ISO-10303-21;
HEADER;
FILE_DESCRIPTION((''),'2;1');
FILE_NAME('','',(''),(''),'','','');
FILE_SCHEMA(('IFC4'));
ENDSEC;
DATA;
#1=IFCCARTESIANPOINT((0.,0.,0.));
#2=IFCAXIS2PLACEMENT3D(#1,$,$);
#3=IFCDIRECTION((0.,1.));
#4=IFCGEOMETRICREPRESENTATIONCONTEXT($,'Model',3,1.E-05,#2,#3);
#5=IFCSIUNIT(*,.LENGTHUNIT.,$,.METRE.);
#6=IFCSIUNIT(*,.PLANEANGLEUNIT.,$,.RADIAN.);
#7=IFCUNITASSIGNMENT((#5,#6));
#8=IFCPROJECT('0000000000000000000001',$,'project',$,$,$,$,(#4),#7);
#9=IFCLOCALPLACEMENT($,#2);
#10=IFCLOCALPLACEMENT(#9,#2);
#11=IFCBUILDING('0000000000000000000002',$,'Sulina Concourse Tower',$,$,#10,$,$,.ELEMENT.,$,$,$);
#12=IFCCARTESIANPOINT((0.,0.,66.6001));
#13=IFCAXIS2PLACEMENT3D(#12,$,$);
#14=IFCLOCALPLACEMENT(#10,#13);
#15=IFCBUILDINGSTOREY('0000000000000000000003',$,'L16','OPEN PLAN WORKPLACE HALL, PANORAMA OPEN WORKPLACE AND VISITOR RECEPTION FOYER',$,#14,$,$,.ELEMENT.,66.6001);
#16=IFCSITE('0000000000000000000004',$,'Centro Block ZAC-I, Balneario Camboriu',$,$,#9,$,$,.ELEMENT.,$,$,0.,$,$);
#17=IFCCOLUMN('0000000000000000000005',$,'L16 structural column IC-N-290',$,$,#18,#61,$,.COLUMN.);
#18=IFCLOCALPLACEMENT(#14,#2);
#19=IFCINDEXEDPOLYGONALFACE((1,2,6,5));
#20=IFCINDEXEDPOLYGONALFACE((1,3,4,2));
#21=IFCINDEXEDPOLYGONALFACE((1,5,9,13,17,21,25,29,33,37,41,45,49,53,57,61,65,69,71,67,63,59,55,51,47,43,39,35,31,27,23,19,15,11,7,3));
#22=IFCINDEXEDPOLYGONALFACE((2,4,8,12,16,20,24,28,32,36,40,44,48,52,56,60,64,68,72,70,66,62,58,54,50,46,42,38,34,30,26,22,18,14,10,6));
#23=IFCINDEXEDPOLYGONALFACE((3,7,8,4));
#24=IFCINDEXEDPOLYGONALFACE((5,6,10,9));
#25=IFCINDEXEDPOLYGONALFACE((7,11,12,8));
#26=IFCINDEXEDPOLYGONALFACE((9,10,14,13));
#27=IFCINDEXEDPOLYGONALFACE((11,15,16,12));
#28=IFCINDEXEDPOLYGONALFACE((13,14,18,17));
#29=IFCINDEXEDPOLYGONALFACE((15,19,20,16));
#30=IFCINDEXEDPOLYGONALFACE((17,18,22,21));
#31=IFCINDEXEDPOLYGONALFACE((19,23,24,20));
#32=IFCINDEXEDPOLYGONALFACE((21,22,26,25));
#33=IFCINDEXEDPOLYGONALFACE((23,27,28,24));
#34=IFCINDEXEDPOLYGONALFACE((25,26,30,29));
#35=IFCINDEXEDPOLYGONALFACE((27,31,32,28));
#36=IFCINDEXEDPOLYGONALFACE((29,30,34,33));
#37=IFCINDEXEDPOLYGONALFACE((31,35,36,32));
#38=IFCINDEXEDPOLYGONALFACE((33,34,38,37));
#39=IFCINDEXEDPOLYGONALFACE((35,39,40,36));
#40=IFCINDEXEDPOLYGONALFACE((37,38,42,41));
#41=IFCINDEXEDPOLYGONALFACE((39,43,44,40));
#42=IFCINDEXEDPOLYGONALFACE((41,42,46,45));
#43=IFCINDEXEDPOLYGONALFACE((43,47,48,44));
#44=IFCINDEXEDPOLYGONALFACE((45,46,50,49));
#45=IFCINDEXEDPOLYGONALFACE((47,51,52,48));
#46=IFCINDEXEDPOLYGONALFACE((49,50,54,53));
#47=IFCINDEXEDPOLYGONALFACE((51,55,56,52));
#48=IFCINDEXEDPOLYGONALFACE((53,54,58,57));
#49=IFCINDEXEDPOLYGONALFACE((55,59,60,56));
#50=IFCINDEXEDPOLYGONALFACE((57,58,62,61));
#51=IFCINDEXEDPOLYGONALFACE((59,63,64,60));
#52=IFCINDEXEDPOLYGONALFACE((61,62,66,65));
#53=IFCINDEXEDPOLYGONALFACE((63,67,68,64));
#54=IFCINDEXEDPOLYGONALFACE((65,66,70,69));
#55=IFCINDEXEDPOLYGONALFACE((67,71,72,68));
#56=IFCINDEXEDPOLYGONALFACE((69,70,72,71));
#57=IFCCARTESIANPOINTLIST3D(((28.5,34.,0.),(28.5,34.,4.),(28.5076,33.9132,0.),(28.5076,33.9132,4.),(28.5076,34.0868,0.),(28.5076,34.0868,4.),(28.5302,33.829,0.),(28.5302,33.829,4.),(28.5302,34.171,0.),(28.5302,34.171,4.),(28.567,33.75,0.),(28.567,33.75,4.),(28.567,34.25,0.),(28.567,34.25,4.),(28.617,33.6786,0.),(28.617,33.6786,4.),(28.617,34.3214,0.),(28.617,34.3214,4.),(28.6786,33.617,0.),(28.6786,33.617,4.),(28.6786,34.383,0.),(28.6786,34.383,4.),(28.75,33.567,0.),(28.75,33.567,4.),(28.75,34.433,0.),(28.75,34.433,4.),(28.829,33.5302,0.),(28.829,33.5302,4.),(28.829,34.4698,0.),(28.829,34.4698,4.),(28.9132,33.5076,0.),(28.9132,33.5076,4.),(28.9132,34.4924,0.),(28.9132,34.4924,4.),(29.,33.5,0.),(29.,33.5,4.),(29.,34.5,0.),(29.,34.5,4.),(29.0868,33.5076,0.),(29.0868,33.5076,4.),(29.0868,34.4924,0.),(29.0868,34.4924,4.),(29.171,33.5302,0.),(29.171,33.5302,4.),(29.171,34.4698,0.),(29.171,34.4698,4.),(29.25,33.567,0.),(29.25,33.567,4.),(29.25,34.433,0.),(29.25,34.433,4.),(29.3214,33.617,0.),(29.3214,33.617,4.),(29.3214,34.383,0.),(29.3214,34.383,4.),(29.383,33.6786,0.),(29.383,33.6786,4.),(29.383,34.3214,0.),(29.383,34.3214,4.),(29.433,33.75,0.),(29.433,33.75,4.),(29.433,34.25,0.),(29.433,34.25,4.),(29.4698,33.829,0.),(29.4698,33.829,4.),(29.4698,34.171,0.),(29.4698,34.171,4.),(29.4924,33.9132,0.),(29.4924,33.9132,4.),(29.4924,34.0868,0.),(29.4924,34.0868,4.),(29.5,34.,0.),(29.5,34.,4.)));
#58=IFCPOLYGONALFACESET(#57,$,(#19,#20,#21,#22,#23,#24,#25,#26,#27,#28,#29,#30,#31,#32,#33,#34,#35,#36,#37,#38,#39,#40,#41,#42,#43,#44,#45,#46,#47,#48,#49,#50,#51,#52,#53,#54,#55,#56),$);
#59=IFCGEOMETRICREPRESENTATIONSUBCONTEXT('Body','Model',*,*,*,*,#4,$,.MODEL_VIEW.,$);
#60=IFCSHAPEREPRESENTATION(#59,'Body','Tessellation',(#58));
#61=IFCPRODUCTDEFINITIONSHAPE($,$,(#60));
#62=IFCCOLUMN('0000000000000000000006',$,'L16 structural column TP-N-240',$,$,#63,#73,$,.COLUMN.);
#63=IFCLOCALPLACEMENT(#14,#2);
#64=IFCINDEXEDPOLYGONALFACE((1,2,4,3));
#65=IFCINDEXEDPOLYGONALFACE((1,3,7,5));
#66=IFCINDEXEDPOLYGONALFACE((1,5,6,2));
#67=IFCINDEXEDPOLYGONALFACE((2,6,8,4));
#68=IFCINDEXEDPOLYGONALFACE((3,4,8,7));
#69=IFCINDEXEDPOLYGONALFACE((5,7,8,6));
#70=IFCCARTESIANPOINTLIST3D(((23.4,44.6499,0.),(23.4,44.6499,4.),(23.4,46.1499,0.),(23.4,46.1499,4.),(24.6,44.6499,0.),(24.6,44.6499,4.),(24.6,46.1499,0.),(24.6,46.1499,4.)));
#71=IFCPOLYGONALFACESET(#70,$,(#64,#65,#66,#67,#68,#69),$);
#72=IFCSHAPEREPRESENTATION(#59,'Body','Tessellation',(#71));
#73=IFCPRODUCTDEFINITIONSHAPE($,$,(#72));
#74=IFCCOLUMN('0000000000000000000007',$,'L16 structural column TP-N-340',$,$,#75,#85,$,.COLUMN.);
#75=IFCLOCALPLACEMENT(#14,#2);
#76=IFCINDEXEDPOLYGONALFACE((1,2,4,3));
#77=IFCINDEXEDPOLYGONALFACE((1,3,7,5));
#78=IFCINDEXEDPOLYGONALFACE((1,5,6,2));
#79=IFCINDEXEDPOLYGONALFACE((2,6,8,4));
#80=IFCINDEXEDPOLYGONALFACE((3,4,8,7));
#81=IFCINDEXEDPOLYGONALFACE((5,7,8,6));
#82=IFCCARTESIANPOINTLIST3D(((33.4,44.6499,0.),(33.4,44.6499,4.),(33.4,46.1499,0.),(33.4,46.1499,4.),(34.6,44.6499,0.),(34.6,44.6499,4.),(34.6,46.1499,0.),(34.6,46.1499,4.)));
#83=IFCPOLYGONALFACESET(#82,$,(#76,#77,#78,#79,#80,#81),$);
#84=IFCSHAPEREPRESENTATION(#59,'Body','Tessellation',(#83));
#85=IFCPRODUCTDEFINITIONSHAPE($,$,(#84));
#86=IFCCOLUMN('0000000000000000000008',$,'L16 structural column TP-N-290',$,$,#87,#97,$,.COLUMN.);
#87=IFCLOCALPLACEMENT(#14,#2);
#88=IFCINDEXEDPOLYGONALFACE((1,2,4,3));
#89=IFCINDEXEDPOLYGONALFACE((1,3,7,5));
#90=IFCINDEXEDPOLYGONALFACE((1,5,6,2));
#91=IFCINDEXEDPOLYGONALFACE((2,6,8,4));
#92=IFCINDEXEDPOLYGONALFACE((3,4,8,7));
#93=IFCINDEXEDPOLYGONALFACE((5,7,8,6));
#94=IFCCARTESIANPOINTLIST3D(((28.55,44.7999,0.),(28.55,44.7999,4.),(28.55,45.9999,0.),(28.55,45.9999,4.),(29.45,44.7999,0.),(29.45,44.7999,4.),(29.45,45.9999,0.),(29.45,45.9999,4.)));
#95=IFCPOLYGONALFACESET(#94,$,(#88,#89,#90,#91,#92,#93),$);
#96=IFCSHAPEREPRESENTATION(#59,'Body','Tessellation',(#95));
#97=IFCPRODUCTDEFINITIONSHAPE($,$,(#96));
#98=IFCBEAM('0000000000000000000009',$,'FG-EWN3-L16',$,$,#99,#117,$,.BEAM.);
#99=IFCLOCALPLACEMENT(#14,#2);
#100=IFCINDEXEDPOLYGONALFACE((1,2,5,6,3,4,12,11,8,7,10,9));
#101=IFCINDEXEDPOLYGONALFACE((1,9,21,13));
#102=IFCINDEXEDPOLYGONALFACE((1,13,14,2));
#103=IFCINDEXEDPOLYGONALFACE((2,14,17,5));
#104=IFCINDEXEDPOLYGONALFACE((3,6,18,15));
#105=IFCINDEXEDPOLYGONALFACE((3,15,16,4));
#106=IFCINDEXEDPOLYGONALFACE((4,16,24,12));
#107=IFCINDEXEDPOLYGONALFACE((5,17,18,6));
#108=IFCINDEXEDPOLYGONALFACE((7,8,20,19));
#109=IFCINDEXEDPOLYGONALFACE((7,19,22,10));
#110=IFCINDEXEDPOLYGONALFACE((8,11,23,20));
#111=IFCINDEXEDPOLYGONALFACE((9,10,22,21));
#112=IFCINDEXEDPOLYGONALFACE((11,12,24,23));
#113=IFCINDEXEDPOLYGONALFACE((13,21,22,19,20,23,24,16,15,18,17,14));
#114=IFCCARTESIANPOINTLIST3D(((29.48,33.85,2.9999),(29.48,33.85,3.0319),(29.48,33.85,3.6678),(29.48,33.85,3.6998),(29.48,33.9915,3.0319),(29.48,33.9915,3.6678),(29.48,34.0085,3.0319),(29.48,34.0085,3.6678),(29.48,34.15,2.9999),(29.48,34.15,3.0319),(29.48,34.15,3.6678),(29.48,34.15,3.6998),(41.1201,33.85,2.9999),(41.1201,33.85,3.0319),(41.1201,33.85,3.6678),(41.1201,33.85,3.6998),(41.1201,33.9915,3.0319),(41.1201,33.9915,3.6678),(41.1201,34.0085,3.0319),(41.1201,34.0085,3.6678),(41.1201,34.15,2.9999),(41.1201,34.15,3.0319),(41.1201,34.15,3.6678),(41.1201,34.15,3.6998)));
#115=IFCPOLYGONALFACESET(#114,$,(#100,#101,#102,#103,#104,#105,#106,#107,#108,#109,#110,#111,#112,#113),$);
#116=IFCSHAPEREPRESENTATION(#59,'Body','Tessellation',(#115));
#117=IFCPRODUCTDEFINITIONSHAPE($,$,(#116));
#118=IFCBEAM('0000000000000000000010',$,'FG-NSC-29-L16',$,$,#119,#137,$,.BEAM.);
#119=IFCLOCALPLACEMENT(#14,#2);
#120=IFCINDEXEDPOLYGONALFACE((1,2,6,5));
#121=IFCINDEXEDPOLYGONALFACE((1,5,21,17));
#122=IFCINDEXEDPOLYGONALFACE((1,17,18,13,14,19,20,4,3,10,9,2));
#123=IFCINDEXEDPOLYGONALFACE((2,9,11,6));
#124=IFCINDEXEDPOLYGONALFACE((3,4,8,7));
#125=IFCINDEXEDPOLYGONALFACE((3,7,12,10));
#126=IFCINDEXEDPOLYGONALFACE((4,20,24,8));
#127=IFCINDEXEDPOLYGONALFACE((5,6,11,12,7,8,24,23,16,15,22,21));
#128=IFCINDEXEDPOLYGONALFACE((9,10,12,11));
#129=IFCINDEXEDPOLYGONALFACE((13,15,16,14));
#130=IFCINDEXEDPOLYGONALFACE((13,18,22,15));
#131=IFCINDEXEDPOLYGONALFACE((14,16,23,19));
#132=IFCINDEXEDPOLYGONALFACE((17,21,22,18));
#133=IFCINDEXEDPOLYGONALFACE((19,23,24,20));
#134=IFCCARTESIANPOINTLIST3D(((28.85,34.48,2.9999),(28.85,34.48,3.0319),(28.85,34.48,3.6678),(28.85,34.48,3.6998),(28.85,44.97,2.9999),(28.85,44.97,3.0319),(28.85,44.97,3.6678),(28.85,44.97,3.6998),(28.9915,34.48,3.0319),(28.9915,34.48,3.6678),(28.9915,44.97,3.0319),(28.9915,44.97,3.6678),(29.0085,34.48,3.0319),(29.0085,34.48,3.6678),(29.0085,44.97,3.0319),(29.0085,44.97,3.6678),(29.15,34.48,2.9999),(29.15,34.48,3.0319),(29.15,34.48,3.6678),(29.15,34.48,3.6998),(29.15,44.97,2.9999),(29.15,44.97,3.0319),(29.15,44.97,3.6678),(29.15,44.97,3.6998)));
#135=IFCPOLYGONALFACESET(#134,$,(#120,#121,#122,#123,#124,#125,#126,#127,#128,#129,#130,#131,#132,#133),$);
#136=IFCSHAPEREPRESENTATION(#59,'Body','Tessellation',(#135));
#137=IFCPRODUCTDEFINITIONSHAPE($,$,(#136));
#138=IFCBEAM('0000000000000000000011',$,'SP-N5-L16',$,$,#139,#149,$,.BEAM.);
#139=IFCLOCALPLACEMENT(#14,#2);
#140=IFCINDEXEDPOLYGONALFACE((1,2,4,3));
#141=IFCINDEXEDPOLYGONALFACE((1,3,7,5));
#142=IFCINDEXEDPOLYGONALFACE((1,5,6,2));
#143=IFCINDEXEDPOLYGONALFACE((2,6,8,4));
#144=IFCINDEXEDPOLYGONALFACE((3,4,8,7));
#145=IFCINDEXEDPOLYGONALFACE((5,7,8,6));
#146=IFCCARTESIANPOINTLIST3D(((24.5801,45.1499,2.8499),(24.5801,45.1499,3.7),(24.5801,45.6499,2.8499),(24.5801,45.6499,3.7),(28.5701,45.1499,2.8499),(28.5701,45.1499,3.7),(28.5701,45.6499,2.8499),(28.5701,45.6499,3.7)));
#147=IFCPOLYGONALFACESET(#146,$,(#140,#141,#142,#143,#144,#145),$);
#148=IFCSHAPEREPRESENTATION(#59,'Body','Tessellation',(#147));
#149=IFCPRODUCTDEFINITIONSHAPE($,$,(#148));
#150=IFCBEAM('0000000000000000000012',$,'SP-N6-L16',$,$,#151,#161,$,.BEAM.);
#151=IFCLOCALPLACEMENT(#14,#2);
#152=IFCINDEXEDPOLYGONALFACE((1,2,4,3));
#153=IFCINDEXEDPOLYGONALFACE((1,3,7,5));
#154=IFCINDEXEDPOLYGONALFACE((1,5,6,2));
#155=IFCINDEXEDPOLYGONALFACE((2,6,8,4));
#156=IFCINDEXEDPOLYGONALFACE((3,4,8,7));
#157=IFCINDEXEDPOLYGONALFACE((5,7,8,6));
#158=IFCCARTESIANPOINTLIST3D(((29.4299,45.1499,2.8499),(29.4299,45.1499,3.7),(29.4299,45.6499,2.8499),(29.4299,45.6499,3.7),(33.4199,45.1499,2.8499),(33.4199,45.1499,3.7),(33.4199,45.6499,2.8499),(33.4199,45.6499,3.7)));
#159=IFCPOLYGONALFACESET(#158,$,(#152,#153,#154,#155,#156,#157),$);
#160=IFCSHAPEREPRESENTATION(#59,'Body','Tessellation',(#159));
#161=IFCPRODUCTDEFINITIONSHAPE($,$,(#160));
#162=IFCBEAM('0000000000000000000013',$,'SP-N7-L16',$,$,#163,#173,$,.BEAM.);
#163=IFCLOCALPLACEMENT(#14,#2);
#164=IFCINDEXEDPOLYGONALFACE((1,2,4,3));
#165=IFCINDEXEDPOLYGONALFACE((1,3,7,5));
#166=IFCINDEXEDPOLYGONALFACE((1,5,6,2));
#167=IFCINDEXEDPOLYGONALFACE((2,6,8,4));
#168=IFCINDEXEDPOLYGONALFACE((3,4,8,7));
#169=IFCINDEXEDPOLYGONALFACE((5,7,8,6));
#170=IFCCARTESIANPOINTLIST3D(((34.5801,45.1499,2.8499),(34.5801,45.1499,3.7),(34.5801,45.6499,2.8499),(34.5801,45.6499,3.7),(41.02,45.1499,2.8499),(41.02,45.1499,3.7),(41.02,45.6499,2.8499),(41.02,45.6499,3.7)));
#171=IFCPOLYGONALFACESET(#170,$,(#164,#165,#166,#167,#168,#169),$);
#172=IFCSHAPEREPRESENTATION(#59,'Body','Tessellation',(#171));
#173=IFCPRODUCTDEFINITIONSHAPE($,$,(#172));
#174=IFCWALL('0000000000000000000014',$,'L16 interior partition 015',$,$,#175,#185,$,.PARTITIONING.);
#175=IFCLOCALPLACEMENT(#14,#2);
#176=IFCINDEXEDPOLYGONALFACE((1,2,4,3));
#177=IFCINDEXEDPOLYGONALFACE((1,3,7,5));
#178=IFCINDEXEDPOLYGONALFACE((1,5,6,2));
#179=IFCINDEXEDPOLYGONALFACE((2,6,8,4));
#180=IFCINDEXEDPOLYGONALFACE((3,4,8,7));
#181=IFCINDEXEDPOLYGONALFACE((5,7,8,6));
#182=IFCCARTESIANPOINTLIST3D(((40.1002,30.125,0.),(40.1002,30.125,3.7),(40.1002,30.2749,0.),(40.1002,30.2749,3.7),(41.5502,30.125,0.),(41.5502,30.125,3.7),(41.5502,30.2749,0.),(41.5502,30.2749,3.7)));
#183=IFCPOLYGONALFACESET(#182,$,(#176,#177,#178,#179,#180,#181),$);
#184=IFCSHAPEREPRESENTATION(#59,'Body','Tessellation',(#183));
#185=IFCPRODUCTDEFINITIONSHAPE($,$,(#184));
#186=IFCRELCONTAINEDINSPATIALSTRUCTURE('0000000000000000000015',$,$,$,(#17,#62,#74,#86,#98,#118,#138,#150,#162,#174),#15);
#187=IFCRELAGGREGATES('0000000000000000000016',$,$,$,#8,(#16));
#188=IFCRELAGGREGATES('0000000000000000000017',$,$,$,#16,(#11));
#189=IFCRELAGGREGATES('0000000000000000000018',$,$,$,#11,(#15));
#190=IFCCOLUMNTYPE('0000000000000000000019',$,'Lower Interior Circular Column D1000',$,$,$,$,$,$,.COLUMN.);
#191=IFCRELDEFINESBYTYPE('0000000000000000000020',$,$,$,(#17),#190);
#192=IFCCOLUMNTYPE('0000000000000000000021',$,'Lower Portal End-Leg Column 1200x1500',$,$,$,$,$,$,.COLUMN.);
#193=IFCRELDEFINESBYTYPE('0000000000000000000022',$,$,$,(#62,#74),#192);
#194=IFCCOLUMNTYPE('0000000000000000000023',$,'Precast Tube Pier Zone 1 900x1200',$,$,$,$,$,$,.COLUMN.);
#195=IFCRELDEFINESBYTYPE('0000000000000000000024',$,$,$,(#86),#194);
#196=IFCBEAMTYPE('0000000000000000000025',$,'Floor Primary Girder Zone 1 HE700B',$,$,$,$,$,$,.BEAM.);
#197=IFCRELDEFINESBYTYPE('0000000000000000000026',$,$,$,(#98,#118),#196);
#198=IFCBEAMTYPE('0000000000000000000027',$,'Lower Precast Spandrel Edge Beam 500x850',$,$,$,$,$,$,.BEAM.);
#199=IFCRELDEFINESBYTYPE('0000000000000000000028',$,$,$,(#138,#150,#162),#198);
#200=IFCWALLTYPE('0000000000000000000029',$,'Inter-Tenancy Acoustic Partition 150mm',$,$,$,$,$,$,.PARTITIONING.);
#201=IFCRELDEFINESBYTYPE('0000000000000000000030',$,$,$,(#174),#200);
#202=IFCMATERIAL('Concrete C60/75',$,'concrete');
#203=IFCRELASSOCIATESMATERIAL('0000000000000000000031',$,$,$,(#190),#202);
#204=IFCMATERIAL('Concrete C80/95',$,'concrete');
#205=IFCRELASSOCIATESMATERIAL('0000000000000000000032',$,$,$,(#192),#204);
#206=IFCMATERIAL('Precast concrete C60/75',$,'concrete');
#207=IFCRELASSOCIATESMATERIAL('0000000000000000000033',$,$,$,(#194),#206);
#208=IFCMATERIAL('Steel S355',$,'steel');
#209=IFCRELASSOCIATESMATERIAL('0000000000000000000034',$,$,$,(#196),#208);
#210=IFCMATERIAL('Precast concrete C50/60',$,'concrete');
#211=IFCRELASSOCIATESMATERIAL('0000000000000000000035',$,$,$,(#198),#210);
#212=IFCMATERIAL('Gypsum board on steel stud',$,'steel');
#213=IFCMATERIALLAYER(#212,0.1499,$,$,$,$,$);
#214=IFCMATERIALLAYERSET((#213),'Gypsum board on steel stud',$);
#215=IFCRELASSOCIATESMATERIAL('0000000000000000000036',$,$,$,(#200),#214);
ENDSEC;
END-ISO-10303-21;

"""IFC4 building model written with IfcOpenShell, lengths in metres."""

from ifc_helpers import new_model, si_unit, direction, frame, frame_2d, origin, origin_2d, place, context, subcontext, project, spatial, rectangle, circle, i_section, extrude, material, layer, layer_set, material_profile, profile_set, type_object, element, save


model = new_model("IFC4")

# Units and contexts
model_context = context("Model", 3, precision=1e-05, world=origin(), true_north=direction((0.0, 1.0)))
body_context = subcontext(model_context, "Body", "Model", "MODEL_VIEW")
ifc_project = project(units=[si_unit("LENGTHUNIT", "METRE"), si_unit("PLANEANGLEUNIT", "RADIAN")], contexts=[model_context])

# Site, building, storey
site_placement = place(None, origin())
site = spatial("IfcSite", under=ifc_project, at=site_placement, Name="Centro Block ZAC-I, Balneario Camboriu", CompositionType="ELEMENT", RefElevation=0.0)
building_placement = place(site_placement, origin())
building = spatial("IfcBuilding", under=site, at=building_placement, Name="Sulina Concourse Tower", CompositionType="ELEMENT")
storey_placement = place(building_placement, frame((0.0, 0.0, 66.6001)))
storey = spatial("IfcBuildingStorey", under=building, at=storey_placement, Name="L16", Description="OPEN PLAN WORKPLACE HALL, PANORAMA OPEN WORKPLACE AND VISITOR RECEPTION FOYER", CompositionType="ELEMENT", Elevation=66.6001)

# Columns
ifc_material_1 = material(Name="Concrete C60/75", Category="concrete")
ifc_material_profile_1 = material_profile(ifc_material_1, circle(Radius=0.5, at=origin_2d()), Name="RC D1000")
ifc_profile_set_1 = profile_set([ifc_material_profile_1], Name="Concrete C60/75")
column_type_1 = type_object("IfcColumnType", Name="Lower Interior Circular Column D1000", PredefinedType="COLUMN", material=ifc_profile_set_1)
column_1_placement = place(storey_placement, frame((29.0, 34.0, 0.0), z_axis=(0.0, 0.0, 1.0), x_axis=(1.0, 0.0, 0.0)))
element("IfcColumn", 1, at=column_1_placement, inside=storey, type_object=column_type_1, Name="L16 structural column IC-N-290", PredefinedType="COLUMN", context=body_context, shape_type="SweptSolid", body=[
    extrude(circle(Radius=0.5, at=origin_2d()), origin(), (0.0, 0.0, 1.0), 4.0),
])
ifc_material_2 = material(Name="Concrete C80/95", Category="concrete")
ifc_material_profile_2 = material_profile(ifc_material_2, rectangle(XDim=1.2, YDim=1.5, at=origin_2d()), Name="RC 1200x1500")
ifc_profile_set_2 = profile_set([ifc_material_profile_2], Name="Concrete C80/95")
column_type_2 = type_object("IfcColumnType", Name="Lower Portal End-Leg Column 1200x1500", PredefinedType="COLUMN", material=ifc_profile_set_2)
for number, where, z_axis, x_axis, name in (
    (2, (24.0, 45.3999, 0.0), (0.0, 0.0, 1.0), (1.0, 0.0, 0.0), "L16 structural column TP-N-240"),
    (3, (34.0, 45.3999, 0.0), (0.0, 0.0, 1.0), (1.0, 0.0, 0.0), "L16 structural column TP-N-340"),
):
    element("IfcColumn", number, at=place(storey_placement, frame(where, z_axis=z_axis, x_axis=x_axis)), inside=storey, type_object=column_type_2, Name=name, PredefinedType="COLUMN", context=body_context, shape_type="SweptSolid", body=[
        extrude(rectangle(XDim=1.2, YDim=1.5, at=origin_2d()), origin(), (0.0, 0.0, 1.0), 4.0),
    ])
ifc_material_3 = material(Name="Precast concrete C60/75", Category="concrete")
ifc_material_profile_3 = material_profile(ifc_material_3, rectangle(XDim=0.8999, YDim=1.2, at=origin_2d()), Name="PC 900x1200")
ifc_profile_set_3 = profile_set([ifc_material_profile_3], Name="Precast concrete C60/75")
column_type_3 = type_object("IfcColumnType", Name="Precast Tube Pier Zone 1 900x1200", PredefinedType="COLUMN", material=ifc_profile_set_3)
column_2_placement = place(storey_placement, frame((29.0, 45.3999, 0.0), z_axis=(0.0, 0.0, 1.0), x_axis=(1.0, 0.0, 0.0)))
element("IfcColumn", 4, at=column_2_placement, inside=storey, type_object=column_type_3, Name="L16 structural column TP-N-290", PredefinedType="COLUMN", context=body_context, shape_type="SweptSolid", body=[
    extrude(rectangle(XDim=0.8999, YDim=1.2, at=origin_2d()), origin(), (0.0, 0.0, 1.0), 4.0),
])

# Beams
ifc_material_4 = material(Name="Steel S355", Category="steel")
ifc_material_profile_4 = material_profile(ifc_material_4, i_section(OverallWidth=0.3, OverallDepth=0.7, WebThickness=0.0171, FlangeThickness=0.032, at=origin_2d()), Name="HE 700 B")
ifc_profile_set_4 = profile_set([ifc_material_profile_4], Name="Steel S355")
beam_type_1 = type_object("IfcBeamType", Name="Floor Primary Girder Zone 1 HE700B", PredefinedType="BEAM", material=ifc_profile_set_4)
beam_1_placement = place(storey_placement, frame((29.48, 34.0, 3.3499), z_axis=(1.0, 0.0, 0.0), x_axis=(0.0, 1.0, 0.0)))
element("IfcBeam", 5, at=beam_1_placement, inside=storey, type_object=beam_type_1, Name="FG-EWN3-L16", PredefinedType="BEAM", context=body_context, shape_type="SweptSolid", body=[
    extrude(i_section(OverallWidth=0.3, OverallDepth=0.7, WebThickness=0.0171, FlangeThickness=0.032, at=origin_2d()), origin(), (0.0, 0.0, 1.0), 11.6401),
])
beam_2_placement = place(storey_placement, frame((29.0, 34.48, 3.3499), z_axis=(0.0, 1.0, 0.0), x_axis=(-1.0, 0.0, 0.0)))
element("IfcBeam", 6, at=beam_2_placement, inside=storey, type_object=beam_type_1, Name="FG-NSC-29-L16", PredefinedType="BEAM", context=body_context, shape_type="SweptSolid", body=[
    extrude(i_section(OverallWidth=0.3, OverallDepth=0.7, WebThickness=0.0171, FlangeThickness=0.032, at=origin_2d()), origin(), (0.0, 0.0, 1.0), 10.49),
])
ifc_material_5 = material(Name="Precast concrete C50/60", Category="concrete")
ifc_material_profile_5 = material_profile(ifc_material_5, rectangle(XDim=0.5, YDim=0.8501, at=origin_2d()), Name="RC 500x850")
ifc_profile_set_5 = profile_set([ifc_material_profile_5], Name="Precast concrete C50/60")
beam_type_2 = type_object("IfcBeamType", Name="Lower Precast Spandrel Edge Beam 500x850", PredefinedType="BEAM", material=ifc_profile_set_5)
for number, where, z_axis, x_axis, name in (
    (7, (24.5801, 45.3999, 3.2749), (1.0, 0.0, 0.0), (0.0, 1.0, 0.0), "SP-N5-L16"),
    (8, (29.4299, 45.3999, 3.2749), (1.0, 0.0, 0.0), (0.0, 1.0, 0.0), "SP-N6-L16"),
):
    element("IfcBeam", number, at=place(storey_placement, frame(where, z_axis=z_axis, x_axis=x_axis)), inside=storey, type_object=beam_type_2, Name=name, PredefinedType="BEAM", context=body_context, shape_type="SweptSolid", body=[
        extrude(rectangle(XDim=0.5, YDim=0.8501, at=origin_2d()), origin(), (0.0, 0.0, 1.0), 3.99),
    ])
beam_3_placement = place(storey_placement, frame((34.5801, 45.3999, 3.2749), z_axis=(1.0, 0.0, 0.0), x_axis=(0.0, 1.0, 0.0)))
element("IfcBeam", 9, at=beam_3_placement, inside=storey, type_object=beam_type_2, Name="SP-N7-L16", PredefinedType="BEAM", context=body_context, shape_type="SweptSolid", body=[
    extrude(rectangle(XDim=0.5, YDim=0.8501, at=origin_2d()), origin(), (0.0, 0.0, 1.0), 6.4399),
])

# Wall
ifc_material_6 = material(Name="Gypsum board on steel stud", Category="steel")
ifc_layer_1 = layer(ifc_material_6, 0.1499)
ifc_layer_set_1 = layer_set([ifc_layer_1], Name="Gypsum board on steel stud")
wall_type_1 = type_object("IfcWallType", Name="Inter-Tenancy Acoustic Partition 150mm", PredefinedType="PARTITIONING", material=ifc_layer_set_1)
wall_1_placement = place(storey_placement, frame((40.1001, 30.2, 0.0), z_axis=(0.0, 0.0, 1.0), x_axis=(1.0, 0.0, 0.0)))
element("IfcWall", 10, at=wall_1_placement, inside=storey, type_object=wall_type_1, Name="L16 interior partition 015", PredefinedType="PARTITIONING", context=body_context, shape_type="SweptSolid", body=[
    extrude(rectangle(XDim=1.45, YDim=0.1499, at=frame_2d((0.7251, 0.0))), origin(), (0.0, 0.0, 1.0), 3.7),
])

save(model, "model.ifc")
